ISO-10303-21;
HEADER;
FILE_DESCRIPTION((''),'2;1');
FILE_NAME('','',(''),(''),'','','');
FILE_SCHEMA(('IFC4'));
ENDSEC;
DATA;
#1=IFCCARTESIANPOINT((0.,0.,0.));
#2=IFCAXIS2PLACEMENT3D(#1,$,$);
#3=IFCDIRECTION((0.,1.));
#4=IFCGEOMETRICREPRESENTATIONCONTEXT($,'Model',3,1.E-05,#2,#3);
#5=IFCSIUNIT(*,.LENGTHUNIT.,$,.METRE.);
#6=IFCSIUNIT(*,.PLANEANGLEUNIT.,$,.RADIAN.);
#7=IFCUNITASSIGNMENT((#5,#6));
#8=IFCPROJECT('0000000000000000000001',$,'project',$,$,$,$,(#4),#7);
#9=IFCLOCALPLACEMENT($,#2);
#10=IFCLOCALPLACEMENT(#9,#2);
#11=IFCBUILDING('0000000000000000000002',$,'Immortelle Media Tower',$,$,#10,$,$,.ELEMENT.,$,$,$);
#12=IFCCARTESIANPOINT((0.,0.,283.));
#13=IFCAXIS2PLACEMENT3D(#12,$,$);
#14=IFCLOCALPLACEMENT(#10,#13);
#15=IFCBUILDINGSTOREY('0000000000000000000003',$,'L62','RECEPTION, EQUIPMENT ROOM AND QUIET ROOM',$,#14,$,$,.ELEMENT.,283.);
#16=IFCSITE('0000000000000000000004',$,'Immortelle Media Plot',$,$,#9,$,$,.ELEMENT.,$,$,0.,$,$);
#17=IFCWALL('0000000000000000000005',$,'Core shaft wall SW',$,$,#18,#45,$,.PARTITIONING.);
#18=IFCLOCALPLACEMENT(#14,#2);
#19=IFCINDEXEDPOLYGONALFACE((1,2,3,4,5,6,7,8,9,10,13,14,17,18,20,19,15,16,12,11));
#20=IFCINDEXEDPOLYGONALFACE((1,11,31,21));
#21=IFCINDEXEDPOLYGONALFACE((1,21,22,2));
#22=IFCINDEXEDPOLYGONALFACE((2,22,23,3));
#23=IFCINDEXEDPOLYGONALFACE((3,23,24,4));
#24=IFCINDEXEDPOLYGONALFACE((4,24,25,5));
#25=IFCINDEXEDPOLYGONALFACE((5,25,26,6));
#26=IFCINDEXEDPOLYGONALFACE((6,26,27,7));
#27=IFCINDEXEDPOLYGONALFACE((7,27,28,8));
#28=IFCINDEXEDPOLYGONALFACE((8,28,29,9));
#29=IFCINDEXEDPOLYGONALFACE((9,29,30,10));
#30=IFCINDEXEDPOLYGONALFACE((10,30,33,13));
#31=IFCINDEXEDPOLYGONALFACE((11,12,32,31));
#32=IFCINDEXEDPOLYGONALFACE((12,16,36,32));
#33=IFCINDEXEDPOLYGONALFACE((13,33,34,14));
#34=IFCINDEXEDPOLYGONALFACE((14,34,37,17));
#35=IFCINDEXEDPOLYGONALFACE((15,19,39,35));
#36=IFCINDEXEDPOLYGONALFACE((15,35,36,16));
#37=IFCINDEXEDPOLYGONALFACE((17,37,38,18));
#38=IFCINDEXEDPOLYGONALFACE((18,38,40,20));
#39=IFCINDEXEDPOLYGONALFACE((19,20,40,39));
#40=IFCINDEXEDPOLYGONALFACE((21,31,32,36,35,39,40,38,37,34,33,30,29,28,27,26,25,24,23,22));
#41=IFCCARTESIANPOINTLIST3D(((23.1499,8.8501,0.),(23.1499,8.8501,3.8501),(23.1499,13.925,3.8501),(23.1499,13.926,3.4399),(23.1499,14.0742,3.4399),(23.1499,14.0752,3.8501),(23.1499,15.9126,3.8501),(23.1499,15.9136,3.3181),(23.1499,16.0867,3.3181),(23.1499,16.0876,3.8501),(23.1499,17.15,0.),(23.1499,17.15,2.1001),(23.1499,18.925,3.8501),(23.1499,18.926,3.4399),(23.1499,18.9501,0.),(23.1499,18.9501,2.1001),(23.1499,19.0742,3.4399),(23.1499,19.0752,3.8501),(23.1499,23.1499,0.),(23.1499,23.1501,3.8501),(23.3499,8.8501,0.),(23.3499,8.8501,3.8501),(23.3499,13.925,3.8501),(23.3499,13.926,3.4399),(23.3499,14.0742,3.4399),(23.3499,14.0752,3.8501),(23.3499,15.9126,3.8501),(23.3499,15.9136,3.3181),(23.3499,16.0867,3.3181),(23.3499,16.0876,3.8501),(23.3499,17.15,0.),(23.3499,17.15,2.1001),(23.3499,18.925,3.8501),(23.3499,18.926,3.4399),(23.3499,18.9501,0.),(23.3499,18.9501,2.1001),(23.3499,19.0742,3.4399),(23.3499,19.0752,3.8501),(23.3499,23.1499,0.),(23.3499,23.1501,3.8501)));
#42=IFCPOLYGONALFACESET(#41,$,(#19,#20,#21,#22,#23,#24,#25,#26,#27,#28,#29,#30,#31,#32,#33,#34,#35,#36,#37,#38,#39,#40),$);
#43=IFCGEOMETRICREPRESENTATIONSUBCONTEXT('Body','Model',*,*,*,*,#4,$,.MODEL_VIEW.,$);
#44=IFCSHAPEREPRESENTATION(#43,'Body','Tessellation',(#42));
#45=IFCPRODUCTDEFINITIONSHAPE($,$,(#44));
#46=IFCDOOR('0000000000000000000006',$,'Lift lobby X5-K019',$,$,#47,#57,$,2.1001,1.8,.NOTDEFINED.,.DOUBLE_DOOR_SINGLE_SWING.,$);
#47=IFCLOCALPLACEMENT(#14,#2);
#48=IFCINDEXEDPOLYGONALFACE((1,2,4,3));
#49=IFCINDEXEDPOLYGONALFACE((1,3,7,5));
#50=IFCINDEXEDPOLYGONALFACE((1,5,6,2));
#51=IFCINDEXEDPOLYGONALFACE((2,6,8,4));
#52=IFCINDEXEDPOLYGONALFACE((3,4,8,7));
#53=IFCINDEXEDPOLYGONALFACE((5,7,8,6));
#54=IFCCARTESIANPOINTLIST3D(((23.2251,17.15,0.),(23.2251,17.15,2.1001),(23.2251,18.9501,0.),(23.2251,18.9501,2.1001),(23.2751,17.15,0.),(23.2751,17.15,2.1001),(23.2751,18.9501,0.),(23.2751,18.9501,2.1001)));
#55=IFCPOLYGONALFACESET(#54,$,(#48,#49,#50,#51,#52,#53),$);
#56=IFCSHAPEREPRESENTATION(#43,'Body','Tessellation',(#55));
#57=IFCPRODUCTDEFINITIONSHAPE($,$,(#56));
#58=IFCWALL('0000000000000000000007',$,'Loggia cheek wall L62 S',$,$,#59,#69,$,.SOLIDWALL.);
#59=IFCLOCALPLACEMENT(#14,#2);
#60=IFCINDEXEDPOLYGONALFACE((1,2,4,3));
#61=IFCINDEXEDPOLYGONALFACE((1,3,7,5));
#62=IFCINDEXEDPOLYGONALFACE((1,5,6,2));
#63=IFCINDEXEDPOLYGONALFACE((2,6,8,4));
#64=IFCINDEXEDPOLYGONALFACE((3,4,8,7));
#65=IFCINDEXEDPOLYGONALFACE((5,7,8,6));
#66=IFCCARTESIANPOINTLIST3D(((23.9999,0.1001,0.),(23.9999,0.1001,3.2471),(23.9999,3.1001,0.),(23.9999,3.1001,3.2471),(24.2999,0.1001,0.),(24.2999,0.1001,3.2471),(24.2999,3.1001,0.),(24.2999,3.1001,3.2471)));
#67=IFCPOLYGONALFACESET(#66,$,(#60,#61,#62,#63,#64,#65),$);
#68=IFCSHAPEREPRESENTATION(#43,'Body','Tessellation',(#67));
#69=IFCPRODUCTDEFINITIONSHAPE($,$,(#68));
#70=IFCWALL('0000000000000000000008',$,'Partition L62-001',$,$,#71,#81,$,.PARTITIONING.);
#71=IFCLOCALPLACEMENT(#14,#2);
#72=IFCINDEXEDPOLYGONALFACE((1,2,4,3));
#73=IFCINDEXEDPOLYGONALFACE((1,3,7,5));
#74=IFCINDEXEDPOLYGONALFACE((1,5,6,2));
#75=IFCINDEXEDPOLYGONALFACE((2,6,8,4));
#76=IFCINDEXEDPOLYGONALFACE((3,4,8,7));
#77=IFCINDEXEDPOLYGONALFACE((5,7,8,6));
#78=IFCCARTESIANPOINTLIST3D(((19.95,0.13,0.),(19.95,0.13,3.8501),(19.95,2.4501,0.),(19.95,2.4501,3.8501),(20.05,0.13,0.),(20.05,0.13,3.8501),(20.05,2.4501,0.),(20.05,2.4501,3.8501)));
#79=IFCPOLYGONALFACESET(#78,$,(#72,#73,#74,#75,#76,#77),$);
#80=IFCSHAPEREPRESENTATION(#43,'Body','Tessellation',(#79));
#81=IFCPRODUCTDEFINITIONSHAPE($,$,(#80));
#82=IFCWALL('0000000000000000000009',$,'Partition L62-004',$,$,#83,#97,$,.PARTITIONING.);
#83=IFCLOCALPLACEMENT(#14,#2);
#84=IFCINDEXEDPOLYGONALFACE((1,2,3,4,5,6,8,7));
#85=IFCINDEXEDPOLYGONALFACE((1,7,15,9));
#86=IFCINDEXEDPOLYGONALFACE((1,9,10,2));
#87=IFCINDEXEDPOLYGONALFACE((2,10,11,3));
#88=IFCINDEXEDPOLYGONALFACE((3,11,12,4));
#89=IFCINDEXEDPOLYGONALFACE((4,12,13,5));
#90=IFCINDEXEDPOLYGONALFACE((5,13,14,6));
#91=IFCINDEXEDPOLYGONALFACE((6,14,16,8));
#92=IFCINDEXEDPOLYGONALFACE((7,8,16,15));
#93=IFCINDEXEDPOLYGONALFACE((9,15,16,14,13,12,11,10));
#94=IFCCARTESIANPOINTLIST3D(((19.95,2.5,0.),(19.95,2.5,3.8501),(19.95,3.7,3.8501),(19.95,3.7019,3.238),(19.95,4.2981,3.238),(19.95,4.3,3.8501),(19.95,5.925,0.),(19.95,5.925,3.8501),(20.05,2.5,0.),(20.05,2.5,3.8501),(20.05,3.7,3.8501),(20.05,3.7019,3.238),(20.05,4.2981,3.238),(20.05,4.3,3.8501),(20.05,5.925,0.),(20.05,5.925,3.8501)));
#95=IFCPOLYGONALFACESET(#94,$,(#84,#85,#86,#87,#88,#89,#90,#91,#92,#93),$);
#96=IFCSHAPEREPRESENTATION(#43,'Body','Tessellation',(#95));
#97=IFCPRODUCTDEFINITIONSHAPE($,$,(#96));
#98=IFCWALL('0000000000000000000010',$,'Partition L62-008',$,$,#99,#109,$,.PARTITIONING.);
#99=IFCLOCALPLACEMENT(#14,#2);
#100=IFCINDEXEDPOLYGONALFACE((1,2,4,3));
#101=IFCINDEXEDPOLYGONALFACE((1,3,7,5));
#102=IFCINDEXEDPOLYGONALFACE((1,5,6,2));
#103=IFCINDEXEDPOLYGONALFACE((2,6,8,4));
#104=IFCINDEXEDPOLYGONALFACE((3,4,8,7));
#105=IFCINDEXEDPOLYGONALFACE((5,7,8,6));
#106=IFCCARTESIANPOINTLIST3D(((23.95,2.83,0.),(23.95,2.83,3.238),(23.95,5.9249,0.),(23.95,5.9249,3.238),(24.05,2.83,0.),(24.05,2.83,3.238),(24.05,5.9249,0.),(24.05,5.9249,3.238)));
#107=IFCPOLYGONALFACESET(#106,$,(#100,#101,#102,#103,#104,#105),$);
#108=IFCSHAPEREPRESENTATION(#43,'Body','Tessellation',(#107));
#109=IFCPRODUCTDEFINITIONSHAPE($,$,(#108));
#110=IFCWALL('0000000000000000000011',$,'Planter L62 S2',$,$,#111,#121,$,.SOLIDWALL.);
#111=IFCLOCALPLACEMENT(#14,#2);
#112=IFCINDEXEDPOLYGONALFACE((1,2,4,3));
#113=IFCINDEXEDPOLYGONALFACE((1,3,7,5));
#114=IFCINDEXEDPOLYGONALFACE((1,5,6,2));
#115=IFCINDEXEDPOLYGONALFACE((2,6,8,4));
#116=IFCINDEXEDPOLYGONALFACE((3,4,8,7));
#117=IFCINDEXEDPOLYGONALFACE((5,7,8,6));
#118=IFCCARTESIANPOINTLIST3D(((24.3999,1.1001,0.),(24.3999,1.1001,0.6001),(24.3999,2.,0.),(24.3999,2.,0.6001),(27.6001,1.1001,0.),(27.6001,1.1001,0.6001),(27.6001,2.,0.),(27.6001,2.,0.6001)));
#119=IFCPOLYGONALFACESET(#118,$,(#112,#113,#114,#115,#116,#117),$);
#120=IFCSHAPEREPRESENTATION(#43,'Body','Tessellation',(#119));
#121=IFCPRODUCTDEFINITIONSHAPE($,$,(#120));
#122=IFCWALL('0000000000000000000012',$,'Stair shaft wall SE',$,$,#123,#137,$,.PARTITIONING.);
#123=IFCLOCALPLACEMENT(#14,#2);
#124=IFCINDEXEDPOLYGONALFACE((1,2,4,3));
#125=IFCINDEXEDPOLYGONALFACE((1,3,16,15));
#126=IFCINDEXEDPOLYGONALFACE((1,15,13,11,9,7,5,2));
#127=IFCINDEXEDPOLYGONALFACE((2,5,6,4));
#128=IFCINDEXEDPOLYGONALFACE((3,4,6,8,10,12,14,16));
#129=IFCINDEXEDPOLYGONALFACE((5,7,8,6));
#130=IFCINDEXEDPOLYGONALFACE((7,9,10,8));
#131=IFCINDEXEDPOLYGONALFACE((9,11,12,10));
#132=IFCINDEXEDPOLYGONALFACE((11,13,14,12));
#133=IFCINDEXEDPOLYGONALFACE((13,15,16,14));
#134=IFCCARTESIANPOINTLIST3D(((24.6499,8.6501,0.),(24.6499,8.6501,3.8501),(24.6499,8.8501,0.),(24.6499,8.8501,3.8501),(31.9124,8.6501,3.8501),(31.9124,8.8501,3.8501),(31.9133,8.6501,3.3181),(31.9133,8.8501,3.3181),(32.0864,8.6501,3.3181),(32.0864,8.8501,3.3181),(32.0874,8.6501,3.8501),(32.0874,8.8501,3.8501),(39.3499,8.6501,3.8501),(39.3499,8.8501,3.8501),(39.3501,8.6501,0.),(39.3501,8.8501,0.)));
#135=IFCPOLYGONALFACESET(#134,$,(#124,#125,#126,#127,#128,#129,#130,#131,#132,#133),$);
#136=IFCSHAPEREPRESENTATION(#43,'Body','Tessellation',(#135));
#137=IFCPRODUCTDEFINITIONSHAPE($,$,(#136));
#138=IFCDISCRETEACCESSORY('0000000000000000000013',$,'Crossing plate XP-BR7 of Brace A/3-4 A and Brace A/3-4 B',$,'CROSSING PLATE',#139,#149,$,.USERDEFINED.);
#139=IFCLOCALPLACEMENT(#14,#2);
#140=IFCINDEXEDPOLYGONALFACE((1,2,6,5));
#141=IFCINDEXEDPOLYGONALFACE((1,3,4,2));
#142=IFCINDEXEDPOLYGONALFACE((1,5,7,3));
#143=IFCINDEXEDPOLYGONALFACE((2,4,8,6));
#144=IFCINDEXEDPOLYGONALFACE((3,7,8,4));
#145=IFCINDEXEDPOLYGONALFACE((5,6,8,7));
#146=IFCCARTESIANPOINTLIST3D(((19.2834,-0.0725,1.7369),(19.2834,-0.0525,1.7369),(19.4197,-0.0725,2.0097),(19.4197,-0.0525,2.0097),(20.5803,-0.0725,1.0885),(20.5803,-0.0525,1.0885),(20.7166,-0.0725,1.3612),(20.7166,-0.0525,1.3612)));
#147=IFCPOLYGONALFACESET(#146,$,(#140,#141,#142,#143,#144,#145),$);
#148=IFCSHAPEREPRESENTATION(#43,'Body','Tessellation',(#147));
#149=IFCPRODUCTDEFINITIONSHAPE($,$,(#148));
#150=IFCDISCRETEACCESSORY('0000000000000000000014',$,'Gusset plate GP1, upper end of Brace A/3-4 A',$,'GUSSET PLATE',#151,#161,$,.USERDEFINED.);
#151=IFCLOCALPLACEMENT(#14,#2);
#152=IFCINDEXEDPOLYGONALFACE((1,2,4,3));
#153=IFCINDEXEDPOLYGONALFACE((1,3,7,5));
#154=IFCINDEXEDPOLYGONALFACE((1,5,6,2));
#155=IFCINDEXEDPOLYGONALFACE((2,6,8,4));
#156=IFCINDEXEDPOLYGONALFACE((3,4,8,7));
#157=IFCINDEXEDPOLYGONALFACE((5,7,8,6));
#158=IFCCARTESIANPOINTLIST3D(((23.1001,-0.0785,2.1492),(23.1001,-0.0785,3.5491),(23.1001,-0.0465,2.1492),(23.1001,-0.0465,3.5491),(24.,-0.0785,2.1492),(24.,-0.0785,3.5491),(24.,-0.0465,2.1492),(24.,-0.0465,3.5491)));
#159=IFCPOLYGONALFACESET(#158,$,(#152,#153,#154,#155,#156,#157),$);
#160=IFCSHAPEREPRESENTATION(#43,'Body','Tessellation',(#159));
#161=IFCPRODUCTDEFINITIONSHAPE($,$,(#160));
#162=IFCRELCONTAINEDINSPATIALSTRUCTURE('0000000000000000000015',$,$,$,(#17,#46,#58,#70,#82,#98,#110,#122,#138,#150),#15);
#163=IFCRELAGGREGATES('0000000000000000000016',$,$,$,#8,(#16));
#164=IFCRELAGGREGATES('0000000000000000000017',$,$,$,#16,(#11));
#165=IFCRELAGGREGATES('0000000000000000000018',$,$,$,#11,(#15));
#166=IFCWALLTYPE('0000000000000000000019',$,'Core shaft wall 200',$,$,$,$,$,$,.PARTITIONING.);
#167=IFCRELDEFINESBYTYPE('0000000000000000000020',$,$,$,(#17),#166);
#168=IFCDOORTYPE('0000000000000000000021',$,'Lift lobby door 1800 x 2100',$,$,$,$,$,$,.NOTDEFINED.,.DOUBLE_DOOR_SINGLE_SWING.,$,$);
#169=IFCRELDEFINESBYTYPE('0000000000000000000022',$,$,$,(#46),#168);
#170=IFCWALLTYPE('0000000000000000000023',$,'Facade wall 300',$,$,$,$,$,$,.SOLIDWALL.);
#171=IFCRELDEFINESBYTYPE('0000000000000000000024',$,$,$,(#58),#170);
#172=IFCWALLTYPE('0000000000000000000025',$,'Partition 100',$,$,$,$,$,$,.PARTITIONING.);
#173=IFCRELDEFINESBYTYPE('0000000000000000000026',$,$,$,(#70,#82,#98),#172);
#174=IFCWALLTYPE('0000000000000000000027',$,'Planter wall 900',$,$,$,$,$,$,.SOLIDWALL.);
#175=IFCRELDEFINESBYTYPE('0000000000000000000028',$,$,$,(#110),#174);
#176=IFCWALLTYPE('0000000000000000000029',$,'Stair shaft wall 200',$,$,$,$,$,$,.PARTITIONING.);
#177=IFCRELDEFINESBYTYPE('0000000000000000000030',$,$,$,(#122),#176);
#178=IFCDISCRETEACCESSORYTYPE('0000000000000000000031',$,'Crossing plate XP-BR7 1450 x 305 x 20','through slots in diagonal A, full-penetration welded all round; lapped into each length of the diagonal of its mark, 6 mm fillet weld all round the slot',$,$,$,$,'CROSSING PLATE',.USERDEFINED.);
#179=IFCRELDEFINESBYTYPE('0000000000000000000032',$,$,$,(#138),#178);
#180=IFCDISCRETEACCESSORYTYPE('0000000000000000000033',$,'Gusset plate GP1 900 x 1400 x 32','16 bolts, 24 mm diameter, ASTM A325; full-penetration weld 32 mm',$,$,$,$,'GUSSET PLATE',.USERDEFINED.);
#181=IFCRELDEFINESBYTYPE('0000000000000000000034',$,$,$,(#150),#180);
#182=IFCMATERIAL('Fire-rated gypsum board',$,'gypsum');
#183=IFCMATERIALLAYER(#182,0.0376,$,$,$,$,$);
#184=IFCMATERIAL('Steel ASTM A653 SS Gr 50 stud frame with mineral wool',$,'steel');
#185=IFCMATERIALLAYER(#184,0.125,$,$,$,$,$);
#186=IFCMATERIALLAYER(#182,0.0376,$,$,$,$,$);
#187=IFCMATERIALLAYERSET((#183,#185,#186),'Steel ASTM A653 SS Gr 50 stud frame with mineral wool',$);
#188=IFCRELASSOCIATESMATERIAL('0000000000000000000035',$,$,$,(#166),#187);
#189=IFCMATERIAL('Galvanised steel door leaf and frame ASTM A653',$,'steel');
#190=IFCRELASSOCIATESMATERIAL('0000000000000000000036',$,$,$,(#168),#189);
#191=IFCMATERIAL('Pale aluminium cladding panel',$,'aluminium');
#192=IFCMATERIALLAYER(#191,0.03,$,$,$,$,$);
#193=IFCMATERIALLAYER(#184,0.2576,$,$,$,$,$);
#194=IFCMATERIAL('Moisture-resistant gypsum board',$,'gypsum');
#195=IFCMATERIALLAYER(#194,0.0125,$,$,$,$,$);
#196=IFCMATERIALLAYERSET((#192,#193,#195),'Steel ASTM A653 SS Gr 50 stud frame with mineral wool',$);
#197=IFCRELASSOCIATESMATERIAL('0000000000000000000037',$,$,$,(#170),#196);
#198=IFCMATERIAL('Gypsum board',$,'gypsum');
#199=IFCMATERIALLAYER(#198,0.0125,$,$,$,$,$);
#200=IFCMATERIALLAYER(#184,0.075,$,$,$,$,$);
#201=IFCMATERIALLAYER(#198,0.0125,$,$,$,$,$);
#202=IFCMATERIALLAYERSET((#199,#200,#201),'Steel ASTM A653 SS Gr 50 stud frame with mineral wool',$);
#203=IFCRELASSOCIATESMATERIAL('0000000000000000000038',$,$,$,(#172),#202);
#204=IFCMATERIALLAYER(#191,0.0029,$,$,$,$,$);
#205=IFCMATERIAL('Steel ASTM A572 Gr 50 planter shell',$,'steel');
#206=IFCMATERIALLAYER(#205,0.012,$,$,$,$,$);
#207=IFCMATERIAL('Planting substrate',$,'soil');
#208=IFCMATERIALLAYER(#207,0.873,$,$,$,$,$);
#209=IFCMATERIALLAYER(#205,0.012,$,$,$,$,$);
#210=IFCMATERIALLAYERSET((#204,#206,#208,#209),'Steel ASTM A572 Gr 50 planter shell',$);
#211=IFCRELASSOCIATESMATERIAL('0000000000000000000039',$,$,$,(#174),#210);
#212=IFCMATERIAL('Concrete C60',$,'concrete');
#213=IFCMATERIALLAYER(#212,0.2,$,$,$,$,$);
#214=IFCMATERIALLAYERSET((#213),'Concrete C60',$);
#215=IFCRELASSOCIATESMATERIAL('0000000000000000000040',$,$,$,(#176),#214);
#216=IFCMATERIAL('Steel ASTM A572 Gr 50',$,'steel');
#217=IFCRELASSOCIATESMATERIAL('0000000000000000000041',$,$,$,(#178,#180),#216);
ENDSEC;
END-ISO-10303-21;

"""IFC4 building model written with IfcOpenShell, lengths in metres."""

from ifc_helpers import new_model, si_unit, direction, frame, frame_2d, origin, origin_2d, place, context, subcontext, project, spatial, polyline, rectangle, outline, extrude, material, layer, layer_set, material_profile, profile_set, type_object, element, fill, save


model = new_model("IFC4")

# Units and contexts
model_context = context("Model", 3, precision=1e-05, world=origin(), true_north=direction((0.0, 1.0)))
body_context = subcontext(model_context, "Body", "Model", "MODEL_VIEW")
ifc_project = project(units=[si_unit("LENGTHUNIT", "METRE"), si_unit("PLANEANGLEUNIT", "RADIAN")], contexts=[model_context])

# Site, building, storey
site_placement = place(None, origin())
site = spatial("IfcSite", under=ifc_project, at=site_placement, Name="Immortelle Media Plot", CompositionType="ELEMENT", RefElevation=0.0)
building_placement = place(site_placement, origin())
building = spatial("IfcBuilding", under=site, at=building_placement, Name="Immortelle Media Tower", CompositionType="ELEMENT")
storey_placement = place(building_placement, frame((0.0, 0.0, 283.0)))
storey = spatial("IfcBuildingStorey", under=building, at=storey_placement, Name="L62", Description="RECEPTION, EQUIPMENT ROOM AND QUIET ROOM", CompositionType="ELEMENT", Elevation=283.0)

# Wall, opening, door
ifc_material_1 = material(Name="Fire-rated gypsum board", Category="gypsum")
ifc_layer_1 = layer(ifc_material_1, 0.0376)
ifc_material_2 = material(Name="Steel ASTM A653 SS Gr 50 stud frame with mineral wool", Category="steel")
ifc_layer_2 = layer(ifc_material_2, 0.125)
ifc_layer_3 = layer(ifc_material_1, 0.0376)
ifc_layer_set_1 = layer_set([ifc_layer_1, ifc_layer_2, ifc_layer_3], Name="Steel ASTM A653 SS Gr 50 stud frame with mineral wool")
wall_type_1 = type_object("IfcWallType", Name="Core shaft wall 200", PredefinedType="PARTITIONING", material=ifc_layer_set_1)
wall_1_placement = place(storey_placement, frame((23.25, 8.8501, 0.0), z_axis=(0.0, 0.0, 1.0), x_axis=(0.0, 1.0, 0.0)))
wall_1 = element("IfcWall", 1, at=wall_1_placement, inside=storey, type_object=wall_type_1, Name="Core shaft wall SW", PredefinedType="PARTITIONING", context=body_context, shape_type="SweptSolid", body=[
    extrude(outline(polyline([(0.0, 0.0), (14.2998, 0.0), (14.3, 3.8501), (10.2251, 3.8501), (10.2241, 3.4399), (10.0759, 3.4399), (10.075, 3.8501), (7.2375, 3.8501), (7.2366, 3.3181), (7.0635, 3.3181), (7.0625, 3.8501), (5.2251, 3.8501), (5.2241, 3.4399), (5.0759, 3.4399), (5.075, 3.8501), (0.0, 3.8501), (0.0, 0.0)])), frame((0.0, 0.1001, 0.0), z_axis=(0.0, -1.0, 0.0), x_axis=(1.0, 0.0, 0.0)), (0.0, 0.0, 1.0), 0.2),
])
opening_1_placement = place(wall_1_placement, frame((8.3, 0.0, 0.0)))
opening_1 = element("IfcOpeningElement", 2, at=opening_1_placement, cuts=wall_1, PredefinedType="OPENING", context=body_context, shape_type="SweptSolid", body=[
    extrude(rectangle(XDim=1.8, YDim=2.1001, at=frame_2d((0.8999, 1.05))), frame((0.0, 0.1099, 0.0), z_axis=(0.0, -1.0, 0.0), x_axis=(1.0, 0.0, 0.0)), (0.0, 0.0, 1.0), 0.22),
])
ifc_material_3 = material(Name="Galvanised steel door leaf and frame ASTM A653", Category="steel")
door_type_1 = type_object("IfcDoorType", Name="Lift lobby door 1800 x 2100", OperationType="DOUBLE_DOOR_SINGLE_SWING", PredefinedType="NOTDEFINED", material=ifc_material_3)
door_1_placement = place(opening_1_placement, origin())
door_1 = element("IfcDoor", 3, at=door_1_placement, inside=storey, type_object=door_type_1, Name="Lift lobby X5-K019", OperationType="DOUBLE_DOOR_SINGLE_SWING", OverallHeight=2.1001, OverallWidth=1.8, PredefinedType="NOTDEFINED", context=body_context, shape_type="SweptSolid", body=[
    extrude(rectangle(XDim=1.8, YDim=2.1001, at=frame_2d((0.8999, 1.05))), frame((0.0, 0.0249, 0.0), z_axis=(0.0, -1.0, 0.0), x_axis=(1.0, 0.0, 0.0)), (0.0, 0.0, 1.0), 0.05),
])
fill(opening_1, door_1)

# Shared definitions
ifc_material_4 = material(Name="Pale aluminium cladding panel", Category="aluminium")
ifc_layer_4 = layer(ifc_material_4, 0.03)
ifc_layer_5 = layer(ifc_material_2, 0.2576)
ifc_material_5 = material(Name="Moisture-resistant gypsum board", Category="gypsum")
ifc_layer_6 = layer(ifc_material_5, 0.0125)
ifc_layer_set_2 = layer_set([ifc_layer_4, ifc_layer_5, ifc_layer_6], Name="Steel ASTM A653 SS Gr 50 stud frame with mineral wool")
wall_type_2 = type_object("IfcWallType", Name="Facade wall 300", PredefinedType="SOLIDWALL", material=ifc_layer_set_2)

# Walls
wall_2_placement = place(storey_placement, frame((24.1499, 0.1001, 0.0), z_axis=(0.0, 0.0, 1.0), x_axis=(0.0, 1.0, 0.0)))
element("IfcWall", 4, at=wall_2_placement, inside=storey, type_object=wall_type_2, Name="Loggia cheek wall L62 S", PredefinedType="SOLIDWALL", context=body_context, shape_type="SweptSolid", body=[
    extrude(rectangle(XDim=3.0, YDim=0.3, at=frame_2d((1.5, 0.0))), origin(), (0.0, 0.0, 1.0), 3.2471),
])
ifc_material_6 = material(Name="Gypsum board", Category="gypsum")
ifc_layer_7 = layer(ifc_material_6, 0.0125)
ifc_layer_8 = layer(ifc_material_2, 0.075)
ifc_layer_9 = layer(ifc_material_6, 0.0125)
ifc_layer_set_3 = layer_set([ifc_layer_7, ifc_layer_8, ifc_layer_9], Name="Steel ASTM A653 SS Gr 50 stud frame with mineral wool")
wall_type_3 = type_object("IfcWallType", Name="Partition 100", PredefinedType="PARTITIONING", material=ifc_layer_set_3)
wall_3_placement = place(storey_placement, frame((20.0, 0.1299, 0.0), z_axis=(0.0, 0.0, 1.0), x_axis=(0.0, 1.0, 0.0)))
element("IfcWall", 5, at=wall_3_placement, inside=storey, type_object=wall_type_3, Name="Partition L62-001", PredefinedType="PARTITIONING", context=body_context, shape_type="SweptSolid", body=[
    extrude(rectangle(XDim=2.3201, YDim=0.1001, at=frame_2d((1.1602, 0.0))), origin(), (0.0, 0.0, 1.0), 3.8501),
])
wall_4_placement = place(storey_placement, frame((20.0, 2.5, 0.0), z_axis=(0.0, 0.0, 1.0), x_axis=(0.0, 1.0, 0.0)))
element("IfcWall", 6, at=wall_4_placement, inside=storey, type_object=wall_type_3, Name="Partition L62-004", PredefinedType="PARTITIONING", context=body_context, shape_type="SweptSolid", body=[
    extrude(outline(polyline([(0.0, 0.0), (3.425, 0.0), (3.425, 3.8501), (1.8, 3.8501), (1.7981, 3.238), (1.2019, 3.238), (1.2, 3.8501), (0.0, 3.8501), (0.0, 0.0)])), frame((0.0, 0.05, 0.0), z_axis=(0.0, -1.0, 0.0), x_axis=(1.0, 0.0, 0.0)), (0.0, 0.0, 1.0), 0.1001),
])
wall_5_placement = place(storey_placement, frame((24.0, 2.8301, 0.0), z_axis=(0.0, 0.0, 1.0), x_axis=(0.0, 1.0, 0.0)))
element("IfcWall", 7, at=wall_5_placement, inside=storey, type_object=wall_type_3, Name="Partition L62-008", PredefinedType="PARTITIONING", context=body_context, shape_type="SweptSolid", body=[
    extrude(rectangle(XDim=3.095, YDim=0.1001, at=frame_2d((1.5474, 0.0))), origin(), (0.0, 0.0, 1.0), 3.238),
])
ifc_layer_10 = layer(ifc_material_4, 0.0029)
ifc_material_7 = material(Name="Steel ASTM A572 Gr 50 planter shell", Category="steel")
ifc_layer_11 = layer(ifc_material_7, 0.012)
ifc_material_8 = material(Name="Planting substrate", Category="soil")
ifc_layer_12 = layer(ifc_material_8, 0.873)
ifc_layer_13 = layer(ifc_material_7, 0.012)
ifc_layer_set_4 = layer_set([ifc_layer_10, ifc_layer_11, ifc_layer_12, ifc_layer_13], Name="Steel ASTM A572 Gr 50 planter shell")
wall_type_4 = type_object("IfcWallType", Name="Planter wall 900", PredefinedType="SOLIDWALL", material=ifc_layer_set_4)
wall_6_placement = place(storey_placement, frame((24.3999, 1.55, 0.0), z_axis=(0.0, 0.0, 1.0), x_axis=(1.0, 0.0, 0.0)))
element("IfcWall", 8, at=wall_6_placement, inside=storey, type_object=wall_type_4, Name="Planter L62 S2", PredefinedType="SOLIDWALL", context=body_context, shape_type="SweptSolid", body=[
    extrude(rectangle(XDim=3.2002, YDim=0.8999, at=frame_2d((1.6001, 0.0))), origin(), (0.0, 0.0, 1.0), 0.6001),
])
ifc_material_9 = material(Name="Concrete C60", Category="concrete")
ifc_layer_14 = layer(ifc_material_9, 0.2)
ifc_layer_set_5 = layer_set([ifc_layer_14], Name="Concrete C60")
wall_type_5 = type_object("IfcWallType", Name="Stair shaft wall 200", PredefinedType="PARTITIONING", material=ifc_layer_set_5)
wall_7_placement = place(storey_placement, frame((24.6499, 8.75, 0.0), z_axis=(0.0, 0.0, 1.0), x_axis=(1.0, 0.0, 0.0)))
element("IfcWall", 9, at=wall_7_placement, inside=storey, type_object=wall_type_5, Name="Stair shaft wall SE", PredefinedType="PARTITIONING", context=body_context, shape_type="SweptSolid", body=[
    extrude(outline(polyline([(0.0, 0.0), (14.7002, 0.0), (14.7, 3.8501), (7.4375, 3.8501), (7.4365, 3.3181), (7.2634, 3.3181), (7.2625, 3.8501), (0.0, 3.8501), (0.0, 0.0)])), frame((0.0, 0.1001, 0.0), z_axis=(0.0, -1.0, 0.0), x_axis=(1.0, 0.0, 0.0)), (0.0, 0.0, 1.0), 0.2),
])

# Discrete accessories
ifc_material_10 = material(Name="Steel ASTM A572 Gr 50", Category="steel")
ifc_material_profile_1 = material_profile(ifc_material_10, rectangle(XDim=0.02, YDim=0.3049, at=origin_2d()), Name="PL 20 x 305")
ifc_profile_set_1 = profile_set([ifc_material_profile_1], Name="Steel ASTM A572 Gr 50")
discrete_accessory_type_1 = type_object("IfcDiscreteAccessoryType", Name="Crossing plate XP-BR7 1450 x 305 x 20", Description="through slots in diagonal A, full-penetration welded all round; lapped into each length of the diagonal of its mark, 6 mm fillet weld all round the slot", ElementType="CROSSING PLATE", PredefinedType="USERDEFINED", material=ifc_profile_set_1)
discrete_accessory_placement = place(storey_placement, frame((19.3516, -0.0625, 1.8733), z_axis=(0.894427, 0.0, -0.447214), x_axis=(0.0, 1.0, 0.0)))
element("IfcDiscreteAccessory", 10, at=discrete_accessory_placement, inside=storey, type_object=discrete_accessory_type_1, Name="Crossing plate XP-BR7 of Brace A/3-4 A and Brace A/3-4 B", ObjectType="CROSSING PLATE", PredefinedType="USERDEFINED", context=body_context, shape_type="SweptSolid", body=[
    extrude(rectangle(XDim=0.02, YDim=0.3049, at=origin_2d()), origin(), (0.0, 0.0, 1.0), 1.45),
])
ifc_material_profile_2 = material_profile(ifc_material_10, rectangle(XDim=0.032, YDim=1.3999, at=origin_2d()), Name="PL 32 x 1400")
ifc_profile_set_2 = profile_set([ifc_material_profile_2], Name="Steel ASTM A572 Gr 50")
discrete_accessory_type_2 = type_object("IfcDiscreteAccessoryType", Name="Gusset plate GP1 900 x 1400 x 32", Description="16 bolts, 24 mm diameter, ASTM A325; full-penetration weld 32 mm", ElementType="GUSSET PLATE", PredefinedType="USERDEFINED", material=ifc_profile_set_2)
for number, where, z_axis, x_axis, name in (
    (11, (24.0, -0.0625, 2.8491), (-1.0, 0.0, 0.0), (0.0, -1.0, 0.0), "Gusset plate GP1, upper end of Brace A/3-4 A"),
):
    element("IfcDiscreteAccessory", number, at=place(storey_placement, frame(where, z_axis=z_axis, x_axis=x_axis)), inside=storey, type_object=discrete_accessory_type_2, Name=name, ObjectType="GUSSET PLATE", PredefinedType="USERDEFINED", context=body_context, shape_type="SweptSolid", body=[
        extrude(rectangle(XDim=0.032, YDim=1.3999, at=origin_2d()), origin(), (0.0, 0.0, 1.0), 0.8999),
    ])

save(model, "model.ifc")
